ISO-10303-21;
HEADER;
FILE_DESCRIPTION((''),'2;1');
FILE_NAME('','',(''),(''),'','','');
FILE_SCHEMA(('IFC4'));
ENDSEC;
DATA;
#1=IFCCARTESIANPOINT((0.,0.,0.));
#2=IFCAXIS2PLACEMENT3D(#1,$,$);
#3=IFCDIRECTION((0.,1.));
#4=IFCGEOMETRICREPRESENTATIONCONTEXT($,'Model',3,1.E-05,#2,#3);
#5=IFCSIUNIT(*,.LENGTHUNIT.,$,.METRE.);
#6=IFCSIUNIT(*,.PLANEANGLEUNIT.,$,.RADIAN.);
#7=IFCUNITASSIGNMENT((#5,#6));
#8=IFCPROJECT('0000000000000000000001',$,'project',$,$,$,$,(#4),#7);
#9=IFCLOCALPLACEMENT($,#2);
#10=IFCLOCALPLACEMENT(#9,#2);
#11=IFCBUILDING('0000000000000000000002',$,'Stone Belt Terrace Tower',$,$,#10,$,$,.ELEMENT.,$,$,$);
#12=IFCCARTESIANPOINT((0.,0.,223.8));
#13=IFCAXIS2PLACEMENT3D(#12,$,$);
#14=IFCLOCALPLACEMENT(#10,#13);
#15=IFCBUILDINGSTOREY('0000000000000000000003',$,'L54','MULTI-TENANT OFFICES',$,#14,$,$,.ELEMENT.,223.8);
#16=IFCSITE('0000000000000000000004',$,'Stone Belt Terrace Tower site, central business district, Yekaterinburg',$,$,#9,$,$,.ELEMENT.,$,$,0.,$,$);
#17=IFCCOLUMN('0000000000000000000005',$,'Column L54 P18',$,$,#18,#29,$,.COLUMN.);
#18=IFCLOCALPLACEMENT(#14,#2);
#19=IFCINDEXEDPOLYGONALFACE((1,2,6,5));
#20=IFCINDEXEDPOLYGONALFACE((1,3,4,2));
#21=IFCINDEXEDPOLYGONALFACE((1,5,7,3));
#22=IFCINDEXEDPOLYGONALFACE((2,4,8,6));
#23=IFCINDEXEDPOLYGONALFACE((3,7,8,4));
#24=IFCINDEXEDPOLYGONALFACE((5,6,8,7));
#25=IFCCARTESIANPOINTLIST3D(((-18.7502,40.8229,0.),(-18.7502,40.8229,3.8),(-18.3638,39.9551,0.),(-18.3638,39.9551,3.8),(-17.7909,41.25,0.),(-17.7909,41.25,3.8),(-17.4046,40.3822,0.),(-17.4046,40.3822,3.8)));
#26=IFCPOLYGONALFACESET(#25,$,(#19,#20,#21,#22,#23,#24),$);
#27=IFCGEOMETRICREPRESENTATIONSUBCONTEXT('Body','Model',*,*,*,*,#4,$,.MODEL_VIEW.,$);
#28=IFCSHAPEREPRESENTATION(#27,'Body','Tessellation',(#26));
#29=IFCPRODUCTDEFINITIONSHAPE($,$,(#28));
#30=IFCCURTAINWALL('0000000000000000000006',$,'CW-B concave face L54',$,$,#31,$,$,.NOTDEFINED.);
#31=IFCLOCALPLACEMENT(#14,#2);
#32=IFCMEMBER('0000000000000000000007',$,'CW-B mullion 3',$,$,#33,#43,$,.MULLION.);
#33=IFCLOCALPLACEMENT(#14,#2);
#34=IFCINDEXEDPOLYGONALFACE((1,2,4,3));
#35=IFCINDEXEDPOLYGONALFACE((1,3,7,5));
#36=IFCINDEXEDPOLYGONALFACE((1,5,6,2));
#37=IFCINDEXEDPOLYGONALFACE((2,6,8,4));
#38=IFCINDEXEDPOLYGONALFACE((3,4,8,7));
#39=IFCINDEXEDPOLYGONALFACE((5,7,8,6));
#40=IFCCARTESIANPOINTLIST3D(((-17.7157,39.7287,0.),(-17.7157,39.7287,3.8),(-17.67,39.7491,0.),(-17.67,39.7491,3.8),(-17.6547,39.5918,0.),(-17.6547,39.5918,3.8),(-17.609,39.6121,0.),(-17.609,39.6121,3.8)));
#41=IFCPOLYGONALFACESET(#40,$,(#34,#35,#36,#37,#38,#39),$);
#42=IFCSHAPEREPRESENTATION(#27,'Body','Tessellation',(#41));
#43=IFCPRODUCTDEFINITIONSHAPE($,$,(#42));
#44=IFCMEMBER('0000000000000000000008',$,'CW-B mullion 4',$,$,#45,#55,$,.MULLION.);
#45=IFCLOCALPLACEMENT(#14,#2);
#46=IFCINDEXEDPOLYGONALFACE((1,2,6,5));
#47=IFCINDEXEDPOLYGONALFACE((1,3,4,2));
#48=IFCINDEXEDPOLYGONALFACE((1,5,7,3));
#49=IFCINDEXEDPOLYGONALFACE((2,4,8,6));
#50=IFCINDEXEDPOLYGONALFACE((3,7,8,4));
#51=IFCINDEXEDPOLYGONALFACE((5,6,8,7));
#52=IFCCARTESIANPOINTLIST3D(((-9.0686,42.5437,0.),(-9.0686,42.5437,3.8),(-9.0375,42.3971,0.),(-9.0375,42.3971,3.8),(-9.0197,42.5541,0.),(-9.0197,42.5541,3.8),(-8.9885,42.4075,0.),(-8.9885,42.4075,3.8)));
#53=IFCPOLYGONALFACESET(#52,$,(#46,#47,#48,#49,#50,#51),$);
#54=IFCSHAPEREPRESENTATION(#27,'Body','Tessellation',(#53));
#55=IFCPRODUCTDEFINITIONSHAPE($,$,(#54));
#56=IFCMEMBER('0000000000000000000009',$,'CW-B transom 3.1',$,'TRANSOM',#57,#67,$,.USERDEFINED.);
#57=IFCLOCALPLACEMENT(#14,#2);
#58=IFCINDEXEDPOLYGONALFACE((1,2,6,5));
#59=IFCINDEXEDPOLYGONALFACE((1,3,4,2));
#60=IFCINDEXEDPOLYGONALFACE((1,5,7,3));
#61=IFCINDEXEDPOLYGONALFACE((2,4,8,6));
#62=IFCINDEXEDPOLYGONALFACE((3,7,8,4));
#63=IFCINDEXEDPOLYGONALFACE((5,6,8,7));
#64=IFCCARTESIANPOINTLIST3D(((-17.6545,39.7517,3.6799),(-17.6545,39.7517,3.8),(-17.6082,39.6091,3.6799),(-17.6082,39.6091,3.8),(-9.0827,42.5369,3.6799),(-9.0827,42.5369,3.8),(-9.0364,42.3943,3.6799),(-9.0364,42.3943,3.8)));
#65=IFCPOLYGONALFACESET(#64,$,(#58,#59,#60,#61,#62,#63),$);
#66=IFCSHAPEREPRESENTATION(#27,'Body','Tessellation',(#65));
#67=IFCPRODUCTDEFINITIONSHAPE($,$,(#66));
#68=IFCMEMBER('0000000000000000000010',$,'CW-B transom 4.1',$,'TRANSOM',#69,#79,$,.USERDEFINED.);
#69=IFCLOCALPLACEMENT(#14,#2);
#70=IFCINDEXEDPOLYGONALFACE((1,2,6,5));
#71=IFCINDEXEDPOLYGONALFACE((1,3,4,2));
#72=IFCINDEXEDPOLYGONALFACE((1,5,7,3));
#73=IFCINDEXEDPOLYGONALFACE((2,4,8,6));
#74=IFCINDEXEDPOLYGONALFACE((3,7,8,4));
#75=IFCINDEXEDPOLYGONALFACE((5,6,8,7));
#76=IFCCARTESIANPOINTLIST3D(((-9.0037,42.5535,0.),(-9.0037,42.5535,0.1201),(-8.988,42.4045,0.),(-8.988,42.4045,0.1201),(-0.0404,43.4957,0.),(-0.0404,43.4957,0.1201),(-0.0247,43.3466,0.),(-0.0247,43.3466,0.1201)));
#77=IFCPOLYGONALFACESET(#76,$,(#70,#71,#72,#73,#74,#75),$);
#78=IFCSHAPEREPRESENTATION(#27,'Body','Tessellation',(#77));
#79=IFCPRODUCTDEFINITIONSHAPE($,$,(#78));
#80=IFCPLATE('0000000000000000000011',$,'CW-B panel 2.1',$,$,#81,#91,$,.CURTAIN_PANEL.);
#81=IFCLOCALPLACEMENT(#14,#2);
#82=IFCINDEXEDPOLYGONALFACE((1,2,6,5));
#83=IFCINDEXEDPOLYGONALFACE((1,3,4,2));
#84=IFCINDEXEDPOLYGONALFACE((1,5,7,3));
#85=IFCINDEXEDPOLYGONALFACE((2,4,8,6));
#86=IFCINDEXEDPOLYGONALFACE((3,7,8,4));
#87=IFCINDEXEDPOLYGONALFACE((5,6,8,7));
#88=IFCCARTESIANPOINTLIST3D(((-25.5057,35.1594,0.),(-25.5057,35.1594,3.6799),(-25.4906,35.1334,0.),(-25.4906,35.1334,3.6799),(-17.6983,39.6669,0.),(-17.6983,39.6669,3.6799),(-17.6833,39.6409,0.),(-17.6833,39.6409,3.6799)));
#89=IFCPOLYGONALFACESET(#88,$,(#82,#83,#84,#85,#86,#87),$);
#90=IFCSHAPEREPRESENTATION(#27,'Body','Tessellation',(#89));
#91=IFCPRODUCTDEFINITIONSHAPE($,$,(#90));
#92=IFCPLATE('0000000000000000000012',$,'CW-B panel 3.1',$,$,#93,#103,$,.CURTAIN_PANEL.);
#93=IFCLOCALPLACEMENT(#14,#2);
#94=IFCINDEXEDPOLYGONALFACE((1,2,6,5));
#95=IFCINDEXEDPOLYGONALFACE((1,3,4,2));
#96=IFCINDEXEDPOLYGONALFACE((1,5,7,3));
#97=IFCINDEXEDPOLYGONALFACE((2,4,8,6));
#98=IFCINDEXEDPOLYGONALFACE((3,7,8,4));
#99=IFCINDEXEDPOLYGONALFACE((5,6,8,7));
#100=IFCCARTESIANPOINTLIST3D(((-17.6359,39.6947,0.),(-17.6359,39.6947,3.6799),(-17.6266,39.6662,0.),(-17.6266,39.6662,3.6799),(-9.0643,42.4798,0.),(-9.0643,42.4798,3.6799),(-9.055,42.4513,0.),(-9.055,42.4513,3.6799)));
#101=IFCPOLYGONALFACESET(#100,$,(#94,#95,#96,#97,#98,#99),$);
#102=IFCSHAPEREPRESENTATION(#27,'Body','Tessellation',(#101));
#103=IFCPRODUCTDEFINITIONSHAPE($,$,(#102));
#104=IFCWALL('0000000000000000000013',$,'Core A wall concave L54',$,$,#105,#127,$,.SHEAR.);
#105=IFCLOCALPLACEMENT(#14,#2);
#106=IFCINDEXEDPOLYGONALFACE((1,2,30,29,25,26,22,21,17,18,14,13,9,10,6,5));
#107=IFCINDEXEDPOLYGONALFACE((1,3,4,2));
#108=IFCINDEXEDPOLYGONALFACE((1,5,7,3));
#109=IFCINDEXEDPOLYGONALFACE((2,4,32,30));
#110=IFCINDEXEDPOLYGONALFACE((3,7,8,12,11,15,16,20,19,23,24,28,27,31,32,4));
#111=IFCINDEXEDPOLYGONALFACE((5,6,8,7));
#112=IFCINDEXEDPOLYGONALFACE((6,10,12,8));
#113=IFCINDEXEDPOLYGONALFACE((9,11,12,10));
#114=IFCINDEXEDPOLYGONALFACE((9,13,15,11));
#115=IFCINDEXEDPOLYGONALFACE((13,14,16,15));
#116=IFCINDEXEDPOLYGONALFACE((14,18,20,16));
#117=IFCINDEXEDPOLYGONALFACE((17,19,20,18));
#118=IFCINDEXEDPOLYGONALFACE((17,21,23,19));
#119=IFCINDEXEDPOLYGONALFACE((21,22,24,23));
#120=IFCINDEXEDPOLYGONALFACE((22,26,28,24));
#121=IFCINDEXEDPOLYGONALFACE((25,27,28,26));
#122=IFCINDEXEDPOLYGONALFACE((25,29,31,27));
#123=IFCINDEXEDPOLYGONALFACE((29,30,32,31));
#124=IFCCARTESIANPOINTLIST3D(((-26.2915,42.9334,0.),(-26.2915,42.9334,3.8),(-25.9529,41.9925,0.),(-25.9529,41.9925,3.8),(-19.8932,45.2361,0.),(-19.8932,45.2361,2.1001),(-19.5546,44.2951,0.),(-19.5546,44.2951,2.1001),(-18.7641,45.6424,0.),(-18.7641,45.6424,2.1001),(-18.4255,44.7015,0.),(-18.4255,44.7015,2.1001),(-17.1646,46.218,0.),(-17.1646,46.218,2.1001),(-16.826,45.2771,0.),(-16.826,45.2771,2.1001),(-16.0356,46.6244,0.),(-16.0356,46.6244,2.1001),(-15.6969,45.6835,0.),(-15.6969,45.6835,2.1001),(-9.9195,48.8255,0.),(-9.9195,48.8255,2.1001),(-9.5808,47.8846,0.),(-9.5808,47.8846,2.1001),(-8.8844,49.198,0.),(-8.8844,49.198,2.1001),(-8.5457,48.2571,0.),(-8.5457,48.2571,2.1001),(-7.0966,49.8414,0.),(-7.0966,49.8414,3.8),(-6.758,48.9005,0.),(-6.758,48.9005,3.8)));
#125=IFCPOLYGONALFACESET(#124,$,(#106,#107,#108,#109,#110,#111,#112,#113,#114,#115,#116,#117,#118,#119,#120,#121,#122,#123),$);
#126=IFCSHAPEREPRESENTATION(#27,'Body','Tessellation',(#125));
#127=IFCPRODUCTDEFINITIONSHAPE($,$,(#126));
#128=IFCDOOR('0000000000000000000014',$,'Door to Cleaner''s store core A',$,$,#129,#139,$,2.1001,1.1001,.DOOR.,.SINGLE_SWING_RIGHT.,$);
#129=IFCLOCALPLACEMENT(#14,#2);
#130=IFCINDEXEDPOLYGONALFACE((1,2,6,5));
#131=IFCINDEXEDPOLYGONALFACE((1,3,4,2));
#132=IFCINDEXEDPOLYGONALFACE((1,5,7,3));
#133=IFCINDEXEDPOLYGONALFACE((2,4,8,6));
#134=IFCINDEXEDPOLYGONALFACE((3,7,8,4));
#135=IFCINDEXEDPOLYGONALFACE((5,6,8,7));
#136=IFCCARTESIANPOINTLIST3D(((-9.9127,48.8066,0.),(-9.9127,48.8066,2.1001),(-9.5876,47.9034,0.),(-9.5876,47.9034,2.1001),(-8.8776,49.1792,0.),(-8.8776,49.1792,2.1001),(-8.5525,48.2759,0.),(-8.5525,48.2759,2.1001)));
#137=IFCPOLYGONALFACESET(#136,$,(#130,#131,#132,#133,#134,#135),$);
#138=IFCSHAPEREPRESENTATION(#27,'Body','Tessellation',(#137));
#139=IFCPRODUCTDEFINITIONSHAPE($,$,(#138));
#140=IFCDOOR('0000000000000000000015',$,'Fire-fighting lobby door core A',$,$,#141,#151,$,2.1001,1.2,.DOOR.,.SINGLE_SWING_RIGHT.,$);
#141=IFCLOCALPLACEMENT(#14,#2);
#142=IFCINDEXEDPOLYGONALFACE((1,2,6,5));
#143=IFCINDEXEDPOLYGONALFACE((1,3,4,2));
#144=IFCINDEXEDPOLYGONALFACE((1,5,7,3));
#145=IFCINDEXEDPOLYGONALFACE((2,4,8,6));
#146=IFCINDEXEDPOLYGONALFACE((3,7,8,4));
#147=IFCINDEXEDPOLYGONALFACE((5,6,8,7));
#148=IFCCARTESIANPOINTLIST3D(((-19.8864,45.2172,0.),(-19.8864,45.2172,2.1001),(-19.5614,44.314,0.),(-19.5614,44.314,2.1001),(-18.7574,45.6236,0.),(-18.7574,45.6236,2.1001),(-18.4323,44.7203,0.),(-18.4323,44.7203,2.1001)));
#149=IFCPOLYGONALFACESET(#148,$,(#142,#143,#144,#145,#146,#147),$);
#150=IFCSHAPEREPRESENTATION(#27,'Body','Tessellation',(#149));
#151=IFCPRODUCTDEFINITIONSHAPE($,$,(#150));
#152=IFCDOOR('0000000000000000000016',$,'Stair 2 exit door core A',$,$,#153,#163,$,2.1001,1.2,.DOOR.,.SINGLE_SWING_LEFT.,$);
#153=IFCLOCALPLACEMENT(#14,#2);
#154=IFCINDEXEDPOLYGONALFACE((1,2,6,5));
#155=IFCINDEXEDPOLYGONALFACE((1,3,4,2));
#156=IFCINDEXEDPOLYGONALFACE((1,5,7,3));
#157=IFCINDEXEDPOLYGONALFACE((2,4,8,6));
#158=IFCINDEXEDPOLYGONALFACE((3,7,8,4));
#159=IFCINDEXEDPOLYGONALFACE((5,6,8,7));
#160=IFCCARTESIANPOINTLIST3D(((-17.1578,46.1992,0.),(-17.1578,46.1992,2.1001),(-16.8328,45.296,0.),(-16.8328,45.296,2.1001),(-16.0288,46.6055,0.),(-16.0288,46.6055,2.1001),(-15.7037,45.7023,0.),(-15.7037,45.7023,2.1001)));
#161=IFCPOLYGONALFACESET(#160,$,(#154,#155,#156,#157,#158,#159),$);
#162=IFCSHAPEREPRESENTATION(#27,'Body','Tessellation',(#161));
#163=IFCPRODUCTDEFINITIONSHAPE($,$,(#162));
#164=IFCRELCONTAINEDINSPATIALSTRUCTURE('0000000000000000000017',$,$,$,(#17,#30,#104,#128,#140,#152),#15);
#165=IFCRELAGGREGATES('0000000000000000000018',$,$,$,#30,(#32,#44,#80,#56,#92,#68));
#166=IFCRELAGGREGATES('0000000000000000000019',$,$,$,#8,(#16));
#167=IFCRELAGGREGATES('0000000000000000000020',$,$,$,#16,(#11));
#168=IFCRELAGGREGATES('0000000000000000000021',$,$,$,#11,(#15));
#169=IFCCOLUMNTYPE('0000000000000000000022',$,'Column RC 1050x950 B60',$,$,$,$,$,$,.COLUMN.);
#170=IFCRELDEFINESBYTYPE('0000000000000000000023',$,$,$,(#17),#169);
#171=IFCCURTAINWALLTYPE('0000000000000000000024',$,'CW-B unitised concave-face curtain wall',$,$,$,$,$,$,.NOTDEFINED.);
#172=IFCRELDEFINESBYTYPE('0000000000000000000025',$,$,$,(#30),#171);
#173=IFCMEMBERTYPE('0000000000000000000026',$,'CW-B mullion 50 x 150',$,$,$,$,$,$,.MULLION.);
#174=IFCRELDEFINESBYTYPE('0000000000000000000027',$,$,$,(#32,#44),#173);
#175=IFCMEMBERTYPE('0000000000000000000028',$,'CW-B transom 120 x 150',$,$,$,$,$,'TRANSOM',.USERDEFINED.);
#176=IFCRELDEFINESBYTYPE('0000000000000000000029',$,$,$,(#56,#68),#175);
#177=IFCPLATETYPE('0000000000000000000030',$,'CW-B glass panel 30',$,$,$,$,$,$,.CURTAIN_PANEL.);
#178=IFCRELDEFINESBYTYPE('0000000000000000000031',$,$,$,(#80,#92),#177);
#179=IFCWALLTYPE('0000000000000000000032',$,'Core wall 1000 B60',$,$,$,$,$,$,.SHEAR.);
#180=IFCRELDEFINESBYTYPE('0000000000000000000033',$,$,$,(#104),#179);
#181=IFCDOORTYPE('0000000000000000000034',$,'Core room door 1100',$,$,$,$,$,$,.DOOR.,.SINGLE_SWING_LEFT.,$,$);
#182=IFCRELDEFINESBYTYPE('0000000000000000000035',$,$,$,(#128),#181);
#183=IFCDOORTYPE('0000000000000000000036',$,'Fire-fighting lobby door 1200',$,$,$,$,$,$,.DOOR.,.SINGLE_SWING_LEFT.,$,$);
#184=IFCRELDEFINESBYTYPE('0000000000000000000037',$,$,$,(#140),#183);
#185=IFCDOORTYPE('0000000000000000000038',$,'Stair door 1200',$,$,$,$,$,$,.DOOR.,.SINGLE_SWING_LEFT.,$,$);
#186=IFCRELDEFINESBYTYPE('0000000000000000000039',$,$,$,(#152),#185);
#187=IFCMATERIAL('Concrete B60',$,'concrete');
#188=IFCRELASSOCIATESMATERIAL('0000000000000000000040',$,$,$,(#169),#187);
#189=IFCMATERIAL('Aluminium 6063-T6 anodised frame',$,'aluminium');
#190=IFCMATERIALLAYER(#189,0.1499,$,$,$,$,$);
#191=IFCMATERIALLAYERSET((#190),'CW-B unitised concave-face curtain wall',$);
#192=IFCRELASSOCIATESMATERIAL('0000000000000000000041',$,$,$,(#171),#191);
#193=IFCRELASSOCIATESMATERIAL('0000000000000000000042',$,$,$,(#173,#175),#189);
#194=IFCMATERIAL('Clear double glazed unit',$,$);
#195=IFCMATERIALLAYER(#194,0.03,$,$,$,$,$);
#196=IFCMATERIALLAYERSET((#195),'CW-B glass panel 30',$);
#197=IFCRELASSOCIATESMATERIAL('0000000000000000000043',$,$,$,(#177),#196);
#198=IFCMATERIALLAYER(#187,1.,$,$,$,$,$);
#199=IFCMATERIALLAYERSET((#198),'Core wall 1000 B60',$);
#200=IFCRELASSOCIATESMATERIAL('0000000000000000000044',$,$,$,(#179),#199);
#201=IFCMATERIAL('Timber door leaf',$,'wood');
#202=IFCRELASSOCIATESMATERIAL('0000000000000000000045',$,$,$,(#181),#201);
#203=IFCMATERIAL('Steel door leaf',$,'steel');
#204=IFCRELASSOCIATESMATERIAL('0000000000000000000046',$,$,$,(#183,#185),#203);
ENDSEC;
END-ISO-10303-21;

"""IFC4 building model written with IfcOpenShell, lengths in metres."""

from ifc_helpers import new_model, si_unit, direction, frame, frame_2d, origin, origin_2d, place, context, subcontext, project, spatial, rectangle, extrude, material, layer, layer_set, material_profile, profile_set, type_object, element, fill, aggregate, save


model = new_model("IFC4")

# Units and contexts
model_context = context("Model", 3, precision=1e-05, world=origin(), true_north=direction((0.0, 1.0)))
body_context = subcontext(model_context, "Body", "Model", "MODEL_VIEW")
ifc_project = project(units=[si_unit("LENGTHUNIT", "METRE"), si_unit("PLANEANGLEUNIT", "RADIAN")], contexts=[model_context])

# Site, building, storey
site_placement = place(None, origin())
site = spatial("IfcSite", under=ifc_project, at=site_placement, Name="Stone Belt Terrace Tower site, central business district, Yekaterinburg", CompositionType="ELEMENT", RefElevation=0.0)
building_placement = place(site_placement, origin())
building = spatial("IfcBuilding", under=site, at=building_placement, Name="Stone Belt Terrace Tower", CompositionType="ELEMENT")
storey_placement = place(building_placement, frame((0.0, 0.0, 223.8)))
storey = spatial("IfcBuildingStorey", under=building, at=storey_placement, Name="L54", Description="MULTI-TENANT OFFICES", CompositionType="ELEMENT", Elevation=223.8)

# Column
ifc_material_1 = material(Name="Concrete B60", Category="concrete")
ifc_material_profile_1 = material_profile(ifc_material_1, rectangle(XDim=1.05, YDim=0.95, at=origin_2d()), Name="RC 1050x950")
ifc_profile_set_1 = profile_set([ifc_material_profile_1], Name="Concrete B60")
column_type = type_object("IfcColumnType", Name="Column RC 1050x950 B60", PredefinedType="COLUMN", material=ifc_profile_set_1)
column_placement = place(storey_placement, frame((-18.0774, 40.6025, 0.0), z_axis=(0.0, 0.0, 1.0), x_axis=(0.913545, 0.406737, 0.0)))
element("IfcColumn", 1, at=column_placement, inside=storey, type_object=column_type, Name="Column L54 P18", PredefinedType="COLUMN", context=body_context, shape_type="SweptSolid", body=[
    extrude(rectangle(XDim=1.05, YDim=0.95, at=origin_2d()), origin(), (0.0, 0.0, 1.0), 3.8),
])

# Curtain wall, members, plates
ifc_material_2 = material(Name="Aluminium 6063-T6 anodised frame", Category="aluminium")
ifc_layer_1 = layer(ifc_material_2, 0.1499)
ifc_layer_set_1 = layer_set([ifc_layer_1], Name="CW-B unitised concave-face curtain wall")
curtain_wall_type = type_object("IfcCurtainWallType", Name="CW-B unitised concave-face curtain wall", PredefinedType="NOTDEFINED", material=ifc_layer_set_1)
curtain_wall_placement = place(storey_placement, origin())
curtain_wall = element("IfcCurtainWall", 2, at=curtain_wall_placement, inside=storey, type_object=curtain_wall_type, Name="CW-B concave face L54", PredefinedType="NOTDEFINED")
ifc_material_profile_2 = material_profile(ifc_material_2, rectangle(XDim=0.1499, YDim=0.05, at=origin_2d()), Name="Aluminium 6063-T6 50x150")
ifc_profile_set_2 = profile_set([ifc_material_profile_2], Name="Aluminium 6063-T6 anodised frame")
member_type_1 = type_object("IfcMemberType", Name="CW-B mullion 50 x 150", PredefinedType="MULLION", material=ifc_profile_set_2)
member_1_placement = place(storey_placement, frame((-17.6624, 39.6704, 0.0), z_axis=(0.0, 0.0, 1.0), x_axis=(-0.406737, 0.913545, 0.0)))
member_1 = element("IfcMember", 3, at=member_1_placement, type_object=member_type_1, Name="CW-B mullion 3", PredefinedType="MULLION", context=body_context, shape_type="SweptSolid", body=[
    extrude(rectangle(XDim=0.1499, YDim=0.05, at=origin_2d()), origin(), (0.0, 0.0, 1.0), 3.8),
])
member_2_placement = place(storey_placement, frame((-9.0286, 42.4756, 0.0), z_axis=(0.0, 0.0, 1.0), x_axis=(-0.207912, 0.978148, 0.0)))
member_2 = element("IfcMember", 4, at=member_2_placement, type_object=member_type_1, Name="CW-B mullion 4", PredefinedType="MULLION", context=body_context, shape_type="SweptSolid", body=[
    extrude(rectangle(XDim=0.1499, YDim=0.05, at=origin_2d()), origin(), (0.0, 0.0, 1.0), 3.8),
])
ifc_material_profile_3 = material_profile(ifc_material_2, rectangle(XDim=0.1499, YDim=0.1201, at=origin_2d()), Name="Aluminium 6063-T6 150x120")
ifc_profile_set_3 = profile_set([ifc_material_profile_3], Name="Aluminium 6063-T6 anodised frame")
member_type_2 = type_object("IfcMemberType", Name="CW-B transom 120 x 150", ElementType="TRANSOM", PredefinedType="USERDEFINED", material=ifc_profile_set_3)
member_3_placement = place(storey_placement, frame((-17.6313, 39.6804, 3.74), z_axis=(0.951056, 0.309019, 0.0), x_axis=(-0.309019, 0.951056, 0.0)))
member_3 = element("IfcMember", 5, at=member_3_placement, type_object=member_type_2, Name="CW-B transom 3.1", ObjectType="TRANSOM", PredefinedType="USERDEFINED", context=body_context, shape_type="SweptSolid", body=[
    extrude(rectangle(XDim=0.1499, YDim=0.1201, at=origin_2d()), origin(), (0.0, 0.0, 1.0), 9.0129),
])
member_4_placement = place(storey_placement, frame((-8.9958, 42.479, 0.0601), z_axis=(0.994521, 0.104534, 0.0), x_axis=(-0.104534, 0.994521, 0.0)))
member_4 = element("IfcMember", 6, at=member_4_placement, type_object=member_type_2, Name="CW-B transom 4.1", ObjectType="TRANSOM", PredefinedType="USERDEFINED", context=body_context, shape_type="SweptSolid", body=[
    extrude(rectangle(XDim=0.1499, YDim=0.1201, at=origin_2d()), origin(), (0.0, 0.0, 1.0), 9.0127),
])
ifc_material_3 = material(Name="Clear double glazed unit")
ifc_layer_2 = layer(ifc_material_3, 0.03)
ifc_layer_set_2 = layer_set([ifc_layer_2], Name="CW-B glass panel 30")
plate_type = type_object("IfcPlateType", Name="CW-B glass panel 30", PredefinedType="CURTAIN_PANEL", material=ifc_layer_set_2)
plate_1_placement = place(storey_placement, frame((-21.5945, 37.4001, 0.0), z_axis=(0.0, 0.0, 1.0), x_axis=(0.866025, 0.5, 0.0)))
plate_1 = element("IfcPlate", 7, at=plate_1_placement, type_object=plate_type, Name="CW-B panel 2.1", PredefinedType="CURTAIN_PANEL", context=body_context, shape_type="SweptSolid", body=[
    extrude(rectangle(XDim=9.0151, YDim=0.03, at=origin_2d()), origin(), (0.0, 0.0, 1.0), 3.6799),
])
plate_2_placement = place(storey_placement, frame((-13.3455, 41.073, 0.0), z_axis=(0.0, 0.0, 1.0), x_axis=(0.951057, 0.309017, 0.0)))
plate_2 = element("IfcPlate", 8, at=plate_2_placement, type_object=plate_type, Name="CW-B panel 3.1", PredefinedType="CURTAIN_PANEL", context=body_context, shape_type="SweptSolid", body=[
    extrude(rectangle(XDim=9.0127, YDim=0.03, at=origin_2d()), origin(), (0.0, 0.0, 1.0), 3.6799),
])
aggregate(curtain_wall, [member_1, member_2, plate_1, member_3, plate_2, member_4])

# Wall, openings, doors
ifc_layer_3 = layer(ifc_material_1, 1.0)
ifc_layer_set_3 = layer_set([ifc_layer_3], Name="Core wall 1000 B60")
wall_type_1 = type_object("IfcWallType", Name="Core wall 1000 B60", PredefinedType="SHEAR", material=ifc_layer_set_3)
wall_1_placement = place(storey_placement, frame((-26.1223, 42.4629, 0.0), z_axis=(0.0, 0.0, 1.0), x_axis=(0.940921, 0.338625, 0.0)))
wall_1 = element("IfcWall", 9, at=wall_1_placement, inside=storey, type_object=wall_type_1, Name="Core A wall concave L54", PredefinedType="SHEAR", context=body_context, shape_type="SweptSolid", body=[
    extrude(rectangle(XDim=20.4001, YDim=1.0, at=frame_2d((10.2002, 0.0))), origin(), (0.0, 0.0, 1.0), 3.8),
])
opening_1_placement = place(wall_1_placement, frame((6.8, 0.0, 0.0)))
opening_1 = element("IfcOpeningElement", 10, at=opening_1_placement, cuts=wall_1, PredefinedType="OPENING", context=body_context, shape_type="SweptSolid", body=[
    extrude(rectangle(XDim=1.2, YDim=2.1001, at=frame_2d((0.6001, 1.05))), frame((0.0, 0.51, 0.0), z_axis=(0.0, -1.0, 0.0), x_axis=(1.0, 0.0, 0.0)), (0.0, 0.0, 1.0), 1.02),
])
opening_2_placement = place(wall_1_placement, frame((9.7, 0.0, 0.0)))
opening_2 = element("IfcOpeningElement", 11, at=opening_2_placement, cuts=wall_1, PredefinedType="OPENING", context=body_context, shape_type="SweptSolid", body=[
    extrude(rectangle(XDim=1.2, YDim=2.1001, at=frame_2d((0.6001, 1.05))), frame((0.0, 0.51, 0.0), z_axis=(0.0, -1.0, 0.0), x_axis=(1.0, 0.0, 0.0)), (0.0, 0.0, 1.0), 1.02),
])
opening_3_placement = place(wall_1_placement, frame((17.4001, 0.0, 0.0)))
opening_3 = element("IfcOpeningElement", 12, at=opening_3_placement, cuts=wall_1, PredefinedType="OPENING", context=body_context, shape_type="SweptSolid", body=[
    extrude(rectangle(XDim=1.1001, YDim=2.1001, at=frame_2d((0.55, 1.05))), frame((0.0, 0.51, 0.0), z_axis=(0.0, -1.0, 0.0), x_axis=(1.0, 0.0, 0.0)), (0.0, 0.0, 1.0), 1.02),
])
ifc_material_4 = material(Name="Timber door leaf", Category="wood")
door_type_1 = type_object("IfcDoorType", Name="Core room door 1100", OperationType="SINGLE_SWING_LEFT", PredefinedType="DOOR", material=ifc_material_4)
door_1_placement = place(opening_3_placement, origin())
door_1 = element("IfcDoor", 13, at=door_1_placement, inside=storey, type_object=door_type_1, Name="Door to Cleaner's store core A", OperationType="SINGLE_SWING_RIGHT", OverallHeight=2.1001, OverallWidth=1.1001, PredefinedType="DOOR", context=body_context, shape_type="SweptSolid", body=[
    extrude(rectangle(XDim=1.1001, YDim=2.1001, at=frame_2d((0.55, 1.05))), frame((0.0, 0.48, 0.0), z_axis=(0.0, -1.0, 0.0), x_axis=(1.0, 0.0, 0.0)), (0.0, 0.0, 1.0), 0.96),
])
fill(opening_3, door_1)
ifc_material_5 = material(Name="Steel door leaf", Category="steel")
door_type_2 = type_object("IfcDoorType", Name="Fire-fighting lobby door 1200", OperationType="SINGLE_SWING_LEFT", PredefinedType="DOOR", material=ifc_material_5)
door_2_placement = place(opening_1_placement, origin())
door_2 = element("IfcDoor", 14, at=door_2_placement, inside=storey, type_object=door_type_2, Name="Fire-fighting lobby door core A", OperationType="SINGLE_SWING_RIGHT", OverallHeight=2.1001, OverallWidth=1.2, PredefinedType="DOOR", context=body_context, shape_type="SweptSolid", body=[
    extrude(rectangle(XDim=1.2, YDim=2.1001, at=frame_2d((0.6001, 1.05))), frame((0.0, 0.48, 0.0), z_axis=(0.0, -1.0, 0.0), x_axis=(1.0, 0.0, 0.0)), (0.0, 0.0, 1.0), 0.96),
])
fill(opening_1, door_2)
door_type_3 = type_object("IfcDoorType", Name="Stair door 1200", OperationType="SINGLE_SWING_LEFT", PredefinedType="DOOR", material=ifc_material_5)
door_3_placement = place(opening_2_placement, origin())
door_3 = element("IfcDoor", 15, at=door_3_placement, inside=storey, type_object=door_type_3, Name="Stair 2 exit door core A", OperationType="SINGLE_SWING_LEFT", OverallHeight=2.1001, OverallWidth=1.2, PredefinedType="DOOR", context=body_context, shape_type="SweptSolid", body=[
    extrude(rectangle(XDim=1.2, YDim=2.1001, at=frame_2d((0.6001, 1.05))), frame((0.0, 0.48, 0.0), z_axis=(0.0, -1.0, 0.0), x_axis=(1.0, 0.0, 0.0)), (0.0, 0.0, 1.0), 0.96),
])
fill(opening_2, door_3)

save(model, "model.ifc")
